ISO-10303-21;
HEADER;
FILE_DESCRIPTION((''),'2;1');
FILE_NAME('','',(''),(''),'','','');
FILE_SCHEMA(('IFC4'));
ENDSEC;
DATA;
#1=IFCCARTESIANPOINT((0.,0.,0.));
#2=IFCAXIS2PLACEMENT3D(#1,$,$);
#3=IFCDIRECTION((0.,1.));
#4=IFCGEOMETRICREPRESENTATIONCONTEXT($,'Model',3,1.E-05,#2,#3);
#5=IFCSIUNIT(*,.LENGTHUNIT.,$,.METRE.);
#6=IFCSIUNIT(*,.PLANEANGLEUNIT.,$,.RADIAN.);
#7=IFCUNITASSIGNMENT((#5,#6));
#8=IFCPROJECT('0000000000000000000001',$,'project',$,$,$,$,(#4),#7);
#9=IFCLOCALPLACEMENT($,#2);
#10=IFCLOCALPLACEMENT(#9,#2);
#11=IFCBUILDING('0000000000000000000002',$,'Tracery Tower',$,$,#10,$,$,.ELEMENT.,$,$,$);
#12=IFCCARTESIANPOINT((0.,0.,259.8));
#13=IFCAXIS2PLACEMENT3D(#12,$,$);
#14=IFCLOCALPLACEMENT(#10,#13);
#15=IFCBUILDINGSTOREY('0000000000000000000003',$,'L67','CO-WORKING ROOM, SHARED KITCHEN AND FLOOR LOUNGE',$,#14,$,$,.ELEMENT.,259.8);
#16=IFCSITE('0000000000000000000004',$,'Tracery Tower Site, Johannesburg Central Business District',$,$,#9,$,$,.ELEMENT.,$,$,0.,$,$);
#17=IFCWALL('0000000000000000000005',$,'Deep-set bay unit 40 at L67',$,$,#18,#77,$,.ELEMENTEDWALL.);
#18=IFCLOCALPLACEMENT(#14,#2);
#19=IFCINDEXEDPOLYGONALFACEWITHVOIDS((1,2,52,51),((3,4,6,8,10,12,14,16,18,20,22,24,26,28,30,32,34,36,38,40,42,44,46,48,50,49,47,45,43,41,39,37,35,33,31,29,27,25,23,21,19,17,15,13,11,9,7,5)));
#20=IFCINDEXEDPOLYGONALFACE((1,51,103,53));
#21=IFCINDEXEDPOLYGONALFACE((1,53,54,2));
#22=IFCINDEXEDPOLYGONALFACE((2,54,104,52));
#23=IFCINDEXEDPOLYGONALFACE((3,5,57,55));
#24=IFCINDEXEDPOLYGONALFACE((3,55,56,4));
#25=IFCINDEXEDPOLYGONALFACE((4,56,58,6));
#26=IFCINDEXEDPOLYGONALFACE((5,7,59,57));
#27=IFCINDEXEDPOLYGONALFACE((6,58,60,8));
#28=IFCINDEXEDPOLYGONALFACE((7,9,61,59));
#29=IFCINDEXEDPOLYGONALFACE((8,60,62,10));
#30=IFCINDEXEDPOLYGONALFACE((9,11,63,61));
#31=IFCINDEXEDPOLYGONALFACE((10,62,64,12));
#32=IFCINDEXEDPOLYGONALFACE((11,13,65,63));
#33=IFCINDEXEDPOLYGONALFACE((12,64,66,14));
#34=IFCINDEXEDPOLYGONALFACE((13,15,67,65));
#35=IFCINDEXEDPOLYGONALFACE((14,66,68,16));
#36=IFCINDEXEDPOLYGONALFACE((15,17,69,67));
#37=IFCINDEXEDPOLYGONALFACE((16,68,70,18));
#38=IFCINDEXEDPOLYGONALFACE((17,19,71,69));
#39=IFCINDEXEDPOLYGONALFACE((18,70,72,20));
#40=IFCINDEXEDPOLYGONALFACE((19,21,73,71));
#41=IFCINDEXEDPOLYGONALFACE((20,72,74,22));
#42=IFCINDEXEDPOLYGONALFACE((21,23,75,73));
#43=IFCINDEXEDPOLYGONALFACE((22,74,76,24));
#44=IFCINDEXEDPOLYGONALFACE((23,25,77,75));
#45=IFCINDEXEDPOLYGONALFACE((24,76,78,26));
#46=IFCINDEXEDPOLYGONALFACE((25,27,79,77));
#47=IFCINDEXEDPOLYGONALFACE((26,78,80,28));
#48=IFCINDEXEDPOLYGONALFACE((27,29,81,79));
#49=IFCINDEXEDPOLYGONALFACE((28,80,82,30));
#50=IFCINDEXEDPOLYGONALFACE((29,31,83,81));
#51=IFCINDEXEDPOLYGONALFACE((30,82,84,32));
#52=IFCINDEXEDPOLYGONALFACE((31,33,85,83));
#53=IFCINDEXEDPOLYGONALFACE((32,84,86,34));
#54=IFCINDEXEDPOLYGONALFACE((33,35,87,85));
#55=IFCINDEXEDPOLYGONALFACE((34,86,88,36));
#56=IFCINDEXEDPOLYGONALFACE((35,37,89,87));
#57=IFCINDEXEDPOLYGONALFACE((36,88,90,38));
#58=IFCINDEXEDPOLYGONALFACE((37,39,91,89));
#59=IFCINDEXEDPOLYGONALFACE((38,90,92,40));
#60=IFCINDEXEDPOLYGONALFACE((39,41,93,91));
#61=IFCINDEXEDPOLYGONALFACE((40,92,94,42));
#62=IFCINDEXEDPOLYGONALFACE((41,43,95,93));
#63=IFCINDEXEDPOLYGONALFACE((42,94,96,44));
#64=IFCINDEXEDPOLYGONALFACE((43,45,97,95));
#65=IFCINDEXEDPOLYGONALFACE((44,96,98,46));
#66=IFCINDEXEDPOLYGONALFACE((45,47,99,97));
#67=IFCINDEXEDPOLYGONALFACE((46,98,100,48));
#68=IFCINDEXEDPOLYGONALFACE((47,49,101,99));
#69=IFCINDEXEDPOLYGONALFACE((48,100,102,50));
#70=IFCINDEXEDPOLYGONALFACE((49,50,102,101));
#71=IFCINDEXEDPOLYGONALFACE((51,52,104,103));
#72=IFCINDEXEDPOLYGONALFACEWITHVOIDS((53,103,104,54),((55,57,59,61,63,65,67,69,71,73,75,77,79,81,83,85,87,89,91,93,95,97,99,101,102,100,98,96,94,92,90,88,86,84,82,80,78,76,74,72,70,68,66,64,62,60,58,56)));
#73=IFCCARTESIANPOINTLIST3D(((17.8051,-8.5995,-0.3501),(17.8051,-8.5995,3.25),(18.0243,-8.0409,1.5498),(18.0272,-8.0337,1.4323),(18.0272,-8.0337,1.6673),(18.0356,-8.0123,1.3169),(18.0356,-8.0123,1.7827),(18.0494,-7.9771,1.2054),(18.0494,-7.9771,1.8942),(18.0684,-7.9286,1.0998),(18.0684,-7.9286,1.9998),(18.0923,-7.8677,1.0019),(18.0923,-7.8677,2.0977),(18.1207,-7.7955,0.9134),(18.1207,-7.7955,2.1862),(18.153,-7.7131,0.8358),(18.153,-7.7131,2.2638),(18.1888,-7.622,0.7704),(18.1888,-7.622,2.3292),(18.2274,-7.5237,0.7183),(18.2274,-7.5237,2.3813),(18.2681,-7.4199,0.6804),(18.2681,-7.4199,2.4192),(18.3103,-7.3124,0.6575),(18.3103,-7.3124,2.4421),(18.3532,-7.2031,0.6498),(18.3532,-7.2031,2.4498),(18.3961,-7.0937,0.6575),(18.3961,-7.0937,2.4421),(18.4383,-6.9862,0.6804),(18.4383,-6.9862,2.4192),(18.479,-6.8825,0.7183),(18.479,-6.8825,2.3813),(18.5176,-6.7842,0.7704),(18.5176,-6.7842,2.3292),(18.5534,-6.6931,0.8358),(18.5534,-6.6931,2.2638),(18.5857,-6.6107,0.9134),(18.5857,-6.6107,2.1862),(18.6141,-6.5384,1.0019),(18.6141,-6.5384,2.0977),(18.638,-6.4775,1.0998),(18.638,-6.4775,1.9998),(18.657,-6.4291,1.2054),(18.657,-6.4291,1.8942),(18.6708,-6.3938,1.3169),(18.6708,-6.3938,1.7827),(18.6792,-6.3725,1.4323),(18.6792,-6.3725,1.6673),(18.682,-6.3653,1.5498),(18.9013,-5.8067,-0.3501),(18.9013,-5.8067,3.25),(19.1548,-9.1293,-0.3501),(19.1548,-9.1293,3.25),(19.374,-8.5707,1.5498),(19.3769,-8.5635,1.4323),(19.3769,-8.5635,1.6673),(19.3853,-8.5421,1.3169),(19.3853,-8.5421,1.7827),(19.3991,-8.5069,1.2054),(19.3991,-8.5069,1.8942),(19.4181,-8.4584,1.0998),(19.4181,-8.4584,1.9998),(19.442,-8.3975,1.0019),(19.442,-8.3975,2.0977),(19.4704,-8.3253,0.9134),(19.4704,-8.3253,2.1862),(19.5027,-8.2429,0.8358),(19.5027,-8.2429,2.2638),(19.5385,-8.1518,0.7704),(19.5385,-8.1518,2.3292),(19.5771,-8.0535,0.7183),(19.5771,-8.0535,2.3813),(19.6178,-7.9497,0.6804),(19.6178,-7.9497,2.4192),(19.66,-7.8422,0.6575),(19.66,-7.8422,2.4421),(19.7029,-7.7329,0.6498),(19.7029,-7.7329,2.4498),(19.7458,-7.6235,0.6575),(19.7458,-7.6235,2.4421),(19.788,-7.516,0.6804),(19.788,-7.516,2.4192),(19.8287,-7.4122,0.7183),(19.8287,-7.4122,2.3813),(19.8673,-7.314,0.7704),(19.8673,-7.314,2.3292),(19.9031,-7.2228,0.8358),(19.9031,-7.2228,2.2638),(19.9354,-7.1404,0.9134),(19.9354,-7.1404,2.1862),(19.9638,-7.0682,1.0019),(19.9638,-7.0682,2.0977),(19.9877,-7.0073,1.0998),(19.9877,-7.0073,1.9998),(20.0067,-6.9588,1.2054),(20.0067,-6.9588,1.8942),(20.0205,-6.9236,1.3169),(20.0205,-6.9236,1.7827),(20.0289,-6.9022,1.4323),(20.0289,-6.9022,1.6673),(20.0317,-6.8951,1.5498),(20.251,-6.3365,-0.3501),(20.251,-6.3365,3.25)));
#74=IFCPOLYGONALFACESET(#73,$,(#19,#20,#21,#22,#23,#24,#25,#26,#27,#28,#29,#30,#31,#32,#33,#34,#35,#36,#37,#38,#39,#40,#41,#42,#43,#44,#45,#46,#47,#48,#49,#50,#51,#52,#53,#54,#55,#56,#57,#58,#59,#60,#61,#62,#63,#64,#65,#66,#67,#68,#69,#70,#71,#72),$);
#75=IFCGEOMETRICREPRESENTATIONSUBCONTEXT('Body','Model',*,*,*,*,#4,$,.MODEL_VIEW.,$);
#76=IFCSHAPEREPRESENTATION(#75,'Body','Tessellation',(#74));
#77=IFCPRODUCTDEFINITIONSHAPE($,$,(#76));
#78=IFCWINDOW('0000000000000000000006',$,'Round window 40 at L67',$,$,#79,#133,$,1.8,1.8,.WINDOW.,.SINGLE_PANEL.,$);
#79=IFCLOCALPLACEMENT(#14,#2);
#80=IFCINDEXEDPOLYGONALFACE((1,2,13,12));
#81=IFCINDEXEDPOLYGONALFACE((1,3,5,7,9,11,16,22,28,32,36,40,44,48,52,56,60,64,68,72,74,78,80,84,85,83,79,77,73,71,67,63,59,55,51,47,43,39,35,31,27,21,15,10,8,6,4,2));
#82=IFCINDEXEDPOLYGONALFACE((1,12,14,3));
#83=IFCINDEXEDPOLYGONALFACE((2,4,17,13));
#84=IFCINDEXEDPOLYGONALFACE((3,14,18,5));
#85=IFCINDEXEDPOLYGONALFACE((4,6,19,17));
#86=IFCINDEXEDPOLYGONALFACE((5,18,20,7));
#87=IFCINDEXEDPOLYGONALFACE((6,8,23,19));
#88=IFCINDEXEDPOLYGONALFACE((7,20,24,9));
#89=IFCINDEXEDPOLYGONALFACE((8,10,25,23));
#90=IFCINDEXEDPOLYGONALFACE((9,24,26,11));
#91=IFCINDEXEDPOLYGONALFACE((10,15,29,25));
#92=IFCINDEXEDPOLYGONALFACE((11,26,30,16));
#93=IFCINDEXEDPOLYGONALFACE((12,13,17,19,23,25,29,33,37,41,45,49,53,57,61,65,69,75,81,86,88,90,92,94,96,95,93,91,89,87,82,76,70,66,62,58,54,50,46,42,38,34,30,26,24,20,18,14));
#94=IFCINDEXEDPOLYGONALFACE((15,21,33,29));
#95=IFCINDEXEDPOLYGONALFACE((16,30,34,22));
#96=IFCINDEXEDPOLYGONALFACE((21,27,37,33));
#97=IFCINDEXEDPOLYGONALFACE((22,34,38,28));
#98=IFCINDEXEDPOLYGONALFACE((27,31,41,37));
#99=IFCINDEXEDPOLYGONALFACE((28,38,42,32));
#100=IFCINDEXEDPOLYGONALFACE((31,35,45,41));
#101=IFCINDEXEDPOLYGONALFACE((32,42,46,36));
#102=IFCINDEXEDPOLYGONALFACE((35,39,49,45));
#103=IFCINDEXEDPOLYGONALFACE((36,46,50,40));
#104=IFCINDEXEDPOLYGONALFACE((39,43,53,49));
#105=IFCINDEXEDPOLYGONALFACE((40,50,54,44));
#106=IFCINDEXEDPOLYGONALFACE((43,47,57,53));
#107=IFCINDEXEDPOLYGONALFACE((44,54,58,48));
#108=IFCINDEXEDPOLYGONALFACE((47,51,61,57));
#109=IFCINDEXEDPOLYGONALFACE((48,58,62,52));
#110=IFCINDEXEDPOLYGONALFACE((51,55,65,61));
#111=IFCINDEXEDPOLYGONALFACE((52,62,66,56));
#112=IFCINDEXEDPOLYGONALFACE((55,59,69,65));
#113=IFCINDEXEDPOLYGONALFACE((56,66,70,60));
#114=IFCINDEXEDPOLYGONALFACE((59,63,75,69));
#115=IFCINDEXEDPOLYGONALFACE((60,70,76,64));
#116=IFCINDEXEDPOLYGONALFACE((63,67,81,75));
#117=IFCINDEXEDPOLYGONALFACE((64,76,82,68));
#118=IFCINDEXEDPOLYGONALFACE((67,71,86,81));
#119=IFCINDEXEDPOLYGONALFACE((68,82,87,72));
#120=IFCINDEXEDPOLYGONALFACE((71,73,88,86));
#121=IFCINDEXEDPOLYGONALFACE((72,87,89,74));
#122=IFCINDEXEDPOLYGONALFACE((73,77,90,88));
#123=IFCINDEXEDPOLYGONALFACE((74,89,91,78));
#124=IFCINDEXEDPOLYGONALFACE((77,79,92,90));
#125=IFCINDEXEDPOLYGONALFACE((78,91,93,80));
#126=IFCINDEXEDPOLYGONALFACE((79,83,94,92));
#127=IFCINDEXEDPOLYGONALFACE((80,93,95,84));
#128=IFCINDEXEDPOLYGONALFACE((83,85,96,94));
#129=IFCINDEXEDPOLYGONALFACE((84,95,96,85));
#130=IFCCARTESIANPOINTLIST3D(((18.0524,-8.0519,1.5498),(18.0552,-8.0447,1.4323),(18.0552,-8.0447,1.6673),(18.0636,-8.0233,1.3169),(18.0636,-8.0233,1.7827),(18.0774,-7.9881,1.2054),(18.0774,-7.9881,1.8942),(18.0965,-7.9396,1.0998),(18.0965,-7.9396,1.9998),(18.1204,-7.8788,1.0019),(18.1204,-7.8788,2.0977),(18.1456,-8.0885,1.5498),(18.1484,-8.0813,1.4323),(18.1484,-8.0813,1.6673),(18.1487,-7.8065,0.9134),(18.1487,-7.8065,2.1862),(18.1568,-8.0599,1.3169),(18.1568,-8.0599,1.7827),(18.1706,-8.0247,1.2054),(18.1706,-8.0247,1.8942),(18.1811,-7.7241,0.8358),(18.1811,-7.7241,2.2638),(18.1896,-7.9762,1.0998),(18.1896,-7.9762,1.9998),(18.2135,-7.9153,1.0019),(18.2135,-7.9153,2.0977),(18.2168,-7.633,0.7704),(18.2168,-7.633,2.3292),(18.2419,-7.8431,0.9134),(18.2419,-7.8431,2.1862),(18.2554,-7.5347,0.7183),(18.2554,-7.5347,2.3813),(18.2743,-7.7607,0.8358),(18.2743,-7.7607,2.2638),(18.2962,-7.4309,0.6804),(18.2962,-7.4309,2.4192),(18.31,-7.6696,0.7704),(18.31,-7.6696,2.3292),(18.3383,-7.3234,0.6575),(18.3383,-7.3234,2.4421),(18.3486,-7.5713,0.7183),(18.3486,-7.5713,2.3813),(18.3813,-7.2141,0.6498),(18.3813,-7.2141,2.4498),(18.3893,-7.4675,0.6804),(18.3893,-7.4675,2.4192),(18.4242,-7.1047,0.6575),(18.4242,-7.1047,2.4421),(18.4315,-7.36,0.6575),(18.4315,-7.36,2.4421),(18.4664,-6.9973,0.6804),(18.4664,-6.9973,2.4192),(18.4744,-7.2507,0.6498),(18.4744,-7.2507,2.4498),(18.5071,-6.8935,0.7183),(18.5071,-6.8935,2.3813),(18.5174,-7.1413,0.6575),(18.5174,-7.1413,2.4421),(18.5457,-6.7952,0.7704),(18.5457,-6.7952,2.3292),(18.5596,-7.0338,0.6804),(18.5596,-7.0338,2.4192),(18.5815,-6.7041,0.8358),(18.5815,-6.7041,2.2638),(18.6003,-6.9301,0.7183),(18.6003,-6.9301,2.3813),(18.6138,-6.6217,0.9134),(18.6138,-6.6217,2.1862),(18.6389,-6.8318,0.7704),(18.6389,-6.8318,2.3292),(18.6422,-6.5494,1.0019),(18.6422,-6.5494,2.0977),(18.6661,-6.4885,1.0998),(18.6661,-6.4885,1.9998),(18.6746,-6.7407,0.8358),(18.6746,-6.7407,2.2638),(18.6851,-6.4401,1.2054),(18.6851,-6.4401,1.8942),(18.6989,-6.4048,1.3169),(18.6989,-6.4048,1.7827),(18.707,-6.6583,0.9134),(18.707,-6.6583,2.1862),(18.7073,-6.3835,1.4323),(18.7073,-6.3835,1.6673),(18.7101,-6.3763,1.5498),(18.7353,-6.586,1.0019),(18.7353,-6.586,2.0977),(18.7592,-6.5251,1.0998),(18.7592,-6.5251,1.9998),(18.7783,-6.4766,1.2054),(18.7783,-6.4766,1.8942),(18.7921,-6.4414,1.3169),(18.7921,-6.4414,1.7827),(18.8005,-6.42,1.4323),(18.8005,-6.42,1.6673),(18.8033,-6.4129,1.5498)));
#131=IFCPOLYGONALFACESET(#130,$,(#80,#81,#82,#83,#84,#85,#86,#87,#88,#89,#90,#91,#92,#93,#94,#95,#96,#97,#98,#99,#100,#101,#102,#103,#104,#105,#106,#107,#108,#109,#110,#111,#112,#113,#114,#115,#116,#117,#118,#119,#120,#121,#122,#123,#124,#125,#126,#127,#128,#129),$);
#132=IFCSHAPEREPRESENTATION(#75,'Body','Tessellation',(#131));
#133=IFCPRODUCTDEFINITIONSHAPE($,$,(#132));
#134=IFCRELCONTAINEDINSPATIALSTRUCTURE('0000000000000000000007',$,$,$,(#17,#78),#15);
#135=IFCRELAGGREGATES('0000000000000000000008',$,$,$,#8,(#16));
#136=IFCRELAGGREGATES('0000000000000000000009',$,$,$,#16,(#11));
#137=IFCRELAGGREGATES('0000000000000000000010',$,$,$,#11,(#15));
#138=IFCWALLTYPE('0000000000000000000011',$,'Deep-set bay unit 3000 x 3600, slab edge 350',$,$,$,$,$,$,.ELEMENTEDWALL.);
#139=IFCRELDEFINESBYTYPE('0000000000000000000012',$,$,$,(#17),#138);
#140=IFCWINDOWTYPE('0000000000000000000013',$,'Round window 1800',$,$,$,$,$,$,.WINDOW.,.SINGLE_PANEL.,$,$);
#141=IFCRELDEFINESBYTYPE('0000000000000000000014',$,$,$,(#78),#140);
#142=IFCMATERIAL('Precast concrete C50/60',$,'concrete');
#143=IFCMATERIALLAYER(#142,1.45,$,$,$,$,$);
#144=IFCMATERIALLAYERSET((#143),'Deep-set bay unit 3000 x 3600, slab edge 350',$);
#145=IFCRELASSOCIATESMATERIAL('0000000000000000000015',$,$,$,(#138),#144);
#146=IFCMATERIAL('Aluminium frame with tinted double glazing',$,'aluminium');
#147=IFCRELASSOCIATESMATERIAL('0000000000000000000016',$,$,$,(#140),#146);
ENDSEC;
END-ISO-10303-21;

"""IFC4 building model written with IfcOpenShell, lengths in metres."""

from ifc_helpers import new_model, si_unit, direction, frame, frame_2d, origin, origin_2d, place, context, subcontext, project, spatial, rectangle, circle, extrude, material, layer, layer_set, type_object, element, fill, save


model = new_model("IFC4")

# Units and contexts
model_context = context("Model", 3, precision=1e-05, world=origin(), true_north=direction((0.0, 1.0)))
body_context = subcontext(model_context, "Body", "Model", "MODEL_VIEW")
ifc_project = project(units=[si_unit("LENGTHUNIT", "METRE"), si_unit("PLANEANGLEUNIT", "RADIAN")], contexts=[model_context])

# Site, building, storey
site_placement = place(None, origin())
site = spatial("IfcSite", under=ifc_project, at=site_placement, Name="Tracery Tower Site, Johannesburg Central Business District", CompositionType="ELEMENT", RefElevation=0.0)
building_placement = place(site_placement, origin())
building = spatial("IfcBuilding", under=site, at=building_placement, Name="Tracery Tower", CompositionType="ELEMENT")
storey_placement = place(building_placement, frame((0.0, 0.0, 259.8)))
storey = spatial("IfcBuildingStorey", under=building, at=storey_placement, Name="L67", Description="CO-WORKING ROOM, SHARED KITCHEN AND FLOOR LOUNGE", CompositionType="ELEMENT", Elevation=259.8)

# Wall, opening, window
ifc_material_1 = material(Name="Precast concrete C50/60", Category="concrete")
ifc_layer_1 = layer(ifc_material_1, 1.45)
ifc_layer_set_1 = layer_set([ifc_layer_1], Name="Deep-set bay unit 3000 x 3600, slab edge 350")
wall_type_1 = type_object("IfcWallType", Name="Deep-set bay unit 3000 x 3600, slab edge 350", PredefinedType="ELEMENTEDWALL", material=ifc_layer_set_1)
ifc_material_2 = material(Name="Aluminium frame with tinted double glazing", Category="aluminium")
window_type = type_object("IfcWindowType", Name="Round window 1800", PartitioningType="SINGLE_PANEL", PredefinedType="WINDOW", material=ifc_material_2)
wall_1_placement = place(storey_placement, frame((18.48, -8.8643, -0.3501), z_axis=(0.0, 0.0, 1.0), x_axis=(0.365378, 0.930859, 0.0)))
wall_1 = element("IfcWall", 1, at=wall_1_placement, inside=storey, type_object=wall_type_1, Name="Deep-set bay unit 40 at L67", PredefinedType="ELEMENTEDWALL", context=body_context, shape_type="SweptSolid", body=[
    extrude(rectangle(XDim=3.0002, YDim=1.45, at=frame_2d((1.5, 0.0))), origin(), (0.0, 0.0, 1.0), 3.6001),
])
opening_1_placement = place(wall_1_placement, frame((1.5, 0.0, 1.8999)))
opening_1 = element("IfcOpeningElement", 2, at=opening_1_placement, cuts=wall_1, PredefinedType="OPENING", context=body_context, shape_type="SweptSolid", body=[
    extrude(circle(Radius=0.9, at=origin_2d()), frame((0.0, 0.7349, 0.0), z_axis=(0.0, -1.0, 0.0), x_axis=(1.0, 0.0, 0.0)), (0.0, 0.0, 1.0), 1.47),
])
window_1_placement = place(opening_1_placement, origin())
window_1 = element("IfcWindow", 3, at=window_1_placement, inside=storey, type_object=window_type, Name="Round window 40 at L67", OverallHeight=1.8, OverallWidth=1.8, PartitioningType="SINGLE_PANEL", PredefinedType="WINDOW", context=body_context, shape_type="SweptSolid", body=[
    extrude(circle(Radius=0.9, at=origin_2d()), frame((0.0, 0.6948, 0.0), z_axis=(0.0, -1.0, 0.0), x_axis=(1.0, 0.0, 0.0)), (0.0, 0.0, 1.0), 0.1001),
])
fill(opening_1, window_1)

save(model, "model.ifc")
